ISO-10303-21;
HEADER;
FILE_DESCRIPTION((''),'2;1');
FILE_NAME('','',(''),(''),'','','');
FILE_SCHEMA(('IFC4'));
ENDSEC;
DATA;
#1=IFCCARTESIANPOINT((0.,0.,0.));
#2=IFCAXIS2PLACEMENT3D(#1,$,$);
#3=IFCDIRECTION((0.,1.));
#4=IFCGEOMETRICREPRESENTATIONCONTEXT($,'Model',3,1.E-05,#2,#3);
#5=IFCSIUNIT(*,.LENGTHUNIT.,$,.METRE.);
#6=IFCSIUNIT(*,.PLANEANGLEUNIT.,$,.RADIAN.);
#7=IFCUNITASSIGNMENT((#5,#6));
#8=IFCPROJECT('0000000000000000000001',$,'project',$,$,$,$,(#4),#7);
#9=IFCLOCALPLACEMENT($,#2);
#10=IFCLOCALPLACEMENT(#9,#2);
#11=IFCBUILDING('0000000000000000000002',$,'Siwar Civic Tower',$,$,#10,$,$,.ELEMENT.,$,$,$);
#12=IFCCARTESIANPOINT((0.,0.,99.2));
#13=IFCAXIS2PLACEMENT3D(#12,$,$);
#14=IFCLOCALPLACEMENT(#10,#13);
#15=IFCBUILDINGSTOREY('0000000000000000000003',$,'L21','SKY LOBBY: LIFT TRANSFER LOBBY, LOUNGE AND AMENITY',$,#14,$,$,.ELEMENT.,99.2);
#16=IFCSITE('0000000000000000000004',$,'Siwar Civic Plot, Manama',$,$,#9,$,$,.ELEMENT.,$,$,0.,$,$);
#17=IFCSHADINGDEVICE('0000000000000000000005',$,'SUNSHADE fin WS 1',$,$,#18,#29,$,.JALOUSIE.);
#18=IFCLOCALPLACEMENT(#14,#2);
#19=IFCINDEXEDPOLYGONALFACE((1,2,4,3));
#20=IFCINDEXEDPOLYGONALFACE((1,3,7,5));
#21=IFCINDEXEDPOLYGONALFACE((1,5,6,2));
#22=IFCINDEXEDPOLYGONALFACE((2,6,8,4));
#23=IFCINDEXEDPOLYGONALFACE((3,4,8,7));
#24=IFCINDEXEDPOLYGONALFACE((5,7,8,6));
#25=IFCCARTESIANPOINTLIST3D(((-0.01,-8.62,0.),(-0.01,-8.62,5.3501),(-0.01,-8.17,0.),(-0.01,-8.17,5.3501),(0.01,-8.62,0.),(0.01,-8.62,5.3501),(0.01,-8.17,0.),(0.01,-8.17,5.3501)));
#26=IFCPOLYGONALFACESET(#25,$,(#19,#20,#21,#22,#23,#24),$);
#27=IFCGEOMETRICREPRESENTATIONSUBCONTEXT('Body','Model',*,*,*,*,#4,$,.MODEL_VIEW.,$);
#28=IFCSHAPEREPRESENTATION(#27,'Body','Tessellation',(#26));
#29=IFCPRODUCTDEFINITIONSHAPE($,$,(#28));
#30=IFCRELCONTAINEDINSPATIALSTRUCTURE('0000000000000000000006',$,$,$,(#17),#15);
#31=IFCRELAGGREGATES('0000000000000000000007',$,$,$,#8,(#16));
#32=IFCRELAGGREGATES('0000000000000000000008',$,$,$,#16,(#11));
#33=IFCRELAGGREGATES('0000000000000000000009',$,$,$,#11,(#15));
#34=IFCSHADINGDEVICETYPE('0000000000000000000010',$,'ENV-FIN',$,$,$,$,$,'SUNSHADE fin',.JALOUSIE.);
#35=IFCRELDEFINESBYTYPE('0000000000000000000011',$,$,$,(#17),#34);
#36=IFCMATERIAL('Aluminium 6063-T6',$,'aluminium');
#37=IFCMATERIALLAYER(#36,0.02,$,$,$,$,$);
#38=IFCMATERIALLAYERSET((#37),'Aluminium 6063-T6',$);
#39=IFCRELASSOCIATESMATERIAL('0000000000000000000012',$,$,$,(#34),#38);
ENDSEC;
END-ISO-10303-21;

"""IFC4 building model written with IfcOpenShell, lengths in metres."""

from ifc_helpers import new_model, si_unit, direction, frame, origin, origin_2d, place, context, subcontext, project, spatial, rectangle, extrude, material, layer, layer_set, type_object, element, save


model = new_model("IFC4")

# Units and contexts
model_context = context("Model", 3, precision=1e-05, world=origin(), true_north=direction((0.0, 1.0)))
body_context = subcontext(model_context, "Body", "Model", "MODEL_VIEW")
ifc_project = project(units=[si_unit("LENGTHUNIT", "METRE"), si_unit("PLANEANGLEUNIT", "RADIAN")], contexts=[model_context])

# Site, building, storey
site_placement = place(None, origin())
site = spatial("IfcSite", under=ifc_project, at=site_placement, Name="Siwar Civic Plot, Manama", CompositionType="ELEMENT", RefElevation=0.0)
building_placement = place(site_placement, origin())
building = spatial("IfcBuilding", under=site, at=building_placement, Name="Siwar Civic Tower", CompositionType="ELEMENT")
storey_placement = place(building_placement, frame((0.0, 0.0, 99.2)))
storey = spatial("IfcBuildingStorey", under=building, at=storey_placement, Name="L21", Description="SKY LOBBY: LIFT TRANSFER LOBBY, LOUNGE AND AMENITY", CompositionType="ELEMENT", Elevation=99.2)

# Shading device
ifc_material_1 = material(Name="Aluminium 6063-T6", Category="aluminium")
ifc_layer_1 = layer(ifc_material_1, 0.02)
ifc_layer_set_1 = layer_set([ifc_layer_1], Name="Aluminium 6063-T6")
shading_device_type = type_object("IfcShadingDeviceType", Name="ENV-FIN", ElementType="SUNSHADE fin", PredefinedType="JALOUSIE", material=ifc_layer_set_1)
shading_device_placement = place(storey_placement, frame((0.0, -8.395, 0.0), z_axis=(0.0, 0.0, 1.0), x_axis=(1.0, 0.0, 0.0)))
element("IfcShadingDevice", 1, at=shading_device_placement, inside=storey, type_object=shading_device_type, Name="SUNSHADE fin WS 1", PredefinedType="JALOUSIE", context=body_context, shape_type="SweptSolid", body=[
    extrude(rectangle(XDim=0.02, YDim=0.45, at=origin_2d()), origin(), (0.0, 0.0, 1.0), 5.3501),
])

save(model, "model.ifc")
